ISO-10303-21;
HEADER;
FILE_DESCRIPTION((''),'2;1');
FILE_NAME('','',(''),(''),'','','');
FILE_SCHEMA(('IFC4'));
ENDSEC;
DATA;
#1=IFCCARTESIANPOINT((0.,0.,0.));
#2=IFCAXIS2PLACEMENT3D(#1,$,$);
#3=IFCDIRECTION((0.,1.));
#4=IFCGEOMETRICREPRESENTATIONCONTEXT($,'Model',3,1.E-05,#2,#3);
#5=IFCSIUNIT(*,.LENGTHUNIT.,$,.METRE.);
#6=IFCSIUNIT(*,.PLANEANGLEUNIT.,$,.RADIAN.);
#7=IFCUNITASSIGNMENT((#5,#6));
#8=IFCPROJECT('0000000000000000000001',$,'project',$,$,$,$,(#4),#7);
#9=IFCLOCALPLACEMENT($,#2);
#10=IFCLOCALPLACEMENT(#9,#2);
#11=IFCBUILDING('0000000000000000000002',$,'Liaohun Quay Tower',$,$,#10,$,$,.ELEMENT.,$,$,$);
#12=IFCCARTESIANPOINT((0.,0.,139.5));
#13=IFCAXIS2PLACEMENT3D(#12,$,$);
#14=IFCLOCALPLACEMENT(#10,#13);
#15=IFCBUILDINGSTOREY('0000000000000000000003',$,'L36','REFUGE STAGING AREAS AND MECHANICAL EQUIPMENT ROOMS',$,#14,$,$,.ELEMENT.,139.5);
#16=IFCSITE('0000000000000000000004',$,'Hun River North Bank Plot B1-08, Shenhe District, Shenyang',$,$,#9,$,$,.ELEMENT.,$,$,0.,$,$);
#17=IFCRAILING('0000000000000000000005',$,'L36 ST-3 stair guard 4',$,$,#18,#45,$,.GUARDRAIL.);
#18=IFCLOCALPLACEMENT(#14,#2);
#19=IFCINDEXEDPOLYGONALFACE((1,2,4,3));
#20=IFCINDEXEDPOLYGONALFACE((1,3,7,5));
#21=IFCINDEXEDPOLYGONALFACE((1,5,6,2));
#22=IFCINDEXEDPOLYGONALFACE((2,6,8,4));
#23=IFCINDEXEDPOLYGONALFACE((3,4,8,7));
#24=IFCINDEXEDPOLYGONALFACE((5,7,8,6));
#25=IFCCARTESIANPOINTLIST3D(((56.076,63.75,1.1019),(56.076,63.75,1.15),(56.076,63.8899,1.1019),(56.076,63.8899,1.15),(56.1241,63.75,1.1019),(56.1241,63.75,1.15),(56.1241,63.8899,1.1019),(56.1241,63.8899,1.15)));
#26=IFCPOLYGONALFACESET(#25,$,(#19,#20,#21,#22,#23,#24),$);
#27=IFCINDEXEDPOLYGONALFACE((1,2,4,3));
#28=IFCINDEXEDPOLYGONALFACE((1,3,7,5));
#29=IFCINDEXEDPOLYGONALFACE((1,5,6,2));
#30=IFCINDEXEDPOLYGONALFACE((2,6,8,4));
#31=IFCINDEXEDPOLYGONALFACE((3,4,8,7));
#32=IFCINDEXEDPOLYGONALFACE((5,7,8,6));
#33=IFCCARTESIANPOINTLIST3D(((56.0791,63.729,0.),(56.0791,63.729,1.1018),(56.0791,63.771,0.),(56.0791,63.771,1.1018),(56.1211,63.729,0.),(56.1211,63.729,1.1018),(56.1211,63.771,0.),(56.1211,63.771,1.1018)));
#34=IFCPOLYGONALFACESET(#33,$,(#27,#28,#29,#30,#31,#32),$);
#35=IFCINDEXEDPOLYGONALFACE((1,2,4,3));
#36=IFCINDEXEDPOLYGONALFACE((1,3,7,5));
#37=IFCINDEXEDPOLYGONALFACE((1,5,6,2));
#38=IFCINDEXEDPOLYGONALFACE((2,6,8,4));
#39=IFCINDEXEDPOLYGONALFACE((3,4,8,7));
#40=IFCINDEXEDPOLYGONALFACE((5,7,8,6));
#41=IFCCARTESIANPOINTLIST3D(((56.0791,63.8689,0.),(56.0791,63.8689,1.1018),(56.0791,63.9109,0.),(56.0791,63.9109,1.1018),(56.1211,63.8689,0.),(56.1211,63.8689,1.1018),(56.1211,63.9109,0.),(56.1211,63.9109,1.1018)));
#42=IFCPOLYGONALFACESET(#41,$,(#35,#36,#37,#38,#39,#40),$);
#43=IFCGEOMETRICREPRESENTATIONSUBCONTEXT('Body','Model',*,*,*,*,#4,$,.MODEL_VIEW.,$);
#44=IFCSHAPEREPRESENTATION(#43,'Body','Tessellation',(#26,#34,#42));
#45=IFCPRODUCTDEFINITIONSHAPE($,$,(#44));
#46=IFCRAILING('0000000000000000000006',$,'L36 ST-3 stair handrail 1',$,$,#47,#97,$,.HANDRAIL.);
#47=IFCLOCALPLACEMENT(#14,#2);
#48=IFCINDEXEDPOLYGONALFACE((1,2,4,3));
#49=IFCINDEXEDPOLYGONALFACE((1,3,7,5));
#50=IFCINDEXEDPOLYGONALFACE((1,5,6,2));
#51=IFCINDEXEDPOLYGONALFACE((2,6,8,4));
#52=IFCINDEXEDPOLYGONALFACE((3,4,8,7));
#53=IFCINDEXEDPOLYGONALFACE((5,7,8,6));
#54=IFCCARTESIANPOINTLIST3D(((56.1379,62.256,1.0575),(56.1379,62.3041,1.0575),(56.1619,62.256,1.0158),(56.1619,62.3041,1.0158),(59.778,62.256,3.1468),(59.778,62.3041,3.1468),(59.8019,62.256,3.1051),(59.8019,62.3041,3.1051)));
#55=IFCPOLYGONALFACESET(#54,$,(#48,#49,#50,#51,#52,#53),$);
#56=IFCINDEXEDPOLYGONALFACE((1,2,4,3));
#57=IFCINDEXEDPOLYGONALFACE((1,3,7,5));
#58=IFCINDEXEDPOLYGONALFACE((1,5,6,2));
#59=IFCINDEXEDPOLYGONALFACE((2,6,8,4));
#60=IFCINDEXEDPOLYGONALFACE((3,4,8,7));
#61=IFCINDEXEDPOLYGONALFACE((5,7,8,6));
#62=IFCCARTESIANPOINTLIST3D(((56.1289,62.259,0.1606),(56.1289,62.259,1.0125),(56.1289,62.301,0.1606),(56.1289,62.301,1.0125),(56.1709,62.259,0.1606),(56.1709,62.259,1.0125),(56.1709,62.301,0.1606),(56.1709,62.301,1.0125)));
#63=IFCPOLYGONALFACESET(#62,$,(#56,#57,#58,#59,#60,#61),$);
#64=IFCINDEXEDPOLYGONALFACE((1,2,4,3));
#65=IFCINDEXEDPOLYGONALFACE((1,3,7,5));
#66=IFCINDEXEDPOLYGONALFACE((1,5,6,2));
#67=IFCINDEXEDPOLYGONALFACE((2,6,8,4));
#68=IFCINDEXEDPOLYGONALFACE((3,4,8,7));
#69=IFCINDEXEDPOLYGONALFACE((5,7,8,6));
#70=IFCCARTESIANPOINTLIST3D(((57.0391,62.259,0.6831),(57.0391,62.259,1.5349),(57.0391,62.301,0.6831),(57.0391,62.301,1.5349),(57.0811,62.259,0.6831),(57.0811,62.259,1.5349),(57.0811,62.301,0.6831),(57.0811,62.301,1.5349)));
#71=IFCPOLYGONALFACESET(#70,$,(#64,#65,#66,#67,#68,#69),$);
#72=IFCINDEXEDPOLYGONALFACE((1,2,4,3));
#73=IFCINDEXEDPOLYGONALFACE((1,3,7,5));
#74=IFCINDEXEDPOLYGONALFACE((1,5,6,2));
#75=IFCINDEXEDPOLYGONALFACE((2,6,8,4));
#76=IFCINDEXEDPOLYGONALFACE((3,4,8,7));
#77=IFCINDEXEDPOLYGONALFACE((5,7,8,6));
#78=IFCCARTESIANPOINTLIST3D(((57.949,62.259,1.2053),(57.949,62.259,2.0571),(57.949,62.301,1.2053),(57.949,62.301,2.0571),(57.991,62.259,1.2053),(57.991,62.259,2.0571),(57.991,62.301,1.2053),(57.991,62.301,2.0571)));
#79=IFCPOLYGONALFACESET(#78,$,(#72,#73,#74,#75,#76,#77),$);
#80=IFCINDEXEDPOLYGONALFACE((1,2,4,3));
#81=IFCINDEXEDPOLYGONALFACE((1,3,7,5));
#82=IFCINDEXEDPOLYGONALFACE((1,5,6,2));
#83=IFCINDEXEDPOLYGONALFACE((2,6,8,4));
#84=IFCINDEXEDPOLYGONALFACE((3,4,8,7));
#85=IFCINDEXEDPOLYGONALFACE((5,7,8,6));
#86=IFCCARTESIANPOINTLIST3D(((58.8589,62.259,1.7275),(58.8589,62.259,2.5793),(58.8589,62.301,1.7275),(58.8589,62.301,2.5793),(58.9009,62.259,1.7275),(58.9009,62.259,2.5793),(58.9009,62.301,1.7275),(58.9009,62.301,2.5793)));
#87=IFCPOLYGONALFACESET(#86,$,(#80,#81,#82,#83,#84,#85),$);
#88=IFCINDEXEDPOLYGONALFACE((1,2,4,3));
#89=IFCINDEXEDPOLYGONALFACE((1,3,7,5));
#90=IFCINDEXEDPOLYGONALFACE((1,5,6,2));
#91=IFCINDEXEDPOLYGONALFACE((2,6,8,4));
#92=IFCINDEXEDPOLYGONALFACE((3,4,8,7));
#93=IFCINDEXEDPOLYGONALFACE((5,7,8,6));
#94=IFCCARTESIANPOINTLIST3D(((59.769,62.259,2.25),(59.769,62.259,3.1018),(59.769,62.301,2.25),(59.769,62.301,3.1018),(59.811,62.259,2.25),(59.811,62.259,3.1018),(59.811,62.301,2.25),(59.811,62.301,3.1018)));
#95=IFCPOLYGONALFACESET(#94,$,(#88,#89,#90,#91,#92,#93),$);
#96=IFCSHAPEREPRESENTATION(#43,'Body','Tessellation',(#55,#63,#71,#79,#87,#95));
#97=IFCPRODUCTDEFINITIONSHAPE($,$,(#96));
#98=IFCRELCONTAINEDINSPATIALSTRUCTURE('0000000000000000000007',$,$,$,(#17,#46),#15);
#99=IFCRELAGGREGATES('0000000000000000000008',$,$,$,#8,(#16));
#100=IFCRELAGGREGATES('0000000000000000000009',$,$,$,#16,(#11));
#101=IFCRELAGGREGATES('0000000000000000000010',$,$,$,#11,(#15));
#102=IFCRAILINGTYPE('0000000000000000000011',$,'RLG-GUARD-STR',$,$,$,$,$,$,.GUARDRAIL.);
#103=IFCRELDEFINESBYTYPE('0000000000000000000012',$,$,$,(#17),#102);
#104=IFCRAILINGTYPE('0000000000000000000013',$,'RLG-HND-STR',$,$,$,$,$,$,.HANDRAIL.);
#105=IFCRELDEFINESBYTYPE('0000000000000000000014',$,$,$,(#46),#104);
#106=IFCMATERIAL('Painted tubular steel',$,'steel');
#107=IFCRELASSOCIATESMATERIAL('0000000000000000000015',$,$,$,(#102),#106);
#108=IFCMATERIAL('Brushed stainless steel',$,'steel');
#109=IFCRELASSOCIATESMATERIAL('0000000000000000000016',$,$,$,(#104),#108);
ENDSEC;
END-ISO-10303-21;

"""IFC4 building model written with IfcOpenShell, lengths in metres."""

from ifc_helpers import new_model, si_unit, direction, frame, origin, origin_2d, place, context, subcontext, project, spatial, rectangle, extrude, material, type_object, element, save


model = new_model("IFC4")

# Units and contexts
model_context = context("Model", 3, precision=1e-05, world=origin(), true_north=direction((0.0, 1.0)))
body_context = subcontext(model_context, "Body", "Model", "MODEL_VIEW")
ifc_project = project(units=[si_unit("LENGTHUNIT", "METRE"), si_unit("PLANEANGLEUNIT", "RADIAN")], contexts=[model_context])

# Site, building, storey
site_placement = place(None, origin())
site = spatial("IfcSite", under=ifc_project, at=site_placement, Name="Hun River North Bank Plot B1-08, Shenhe District, Shenyang", CompositionType="ELEMENT", RefElevation=0.0)
building_placement = place(site_placement, origin())
building = spatial("IfcBuilding", under=site, at=building_placement, Name="Liaohun Quay Tower", CompositionType="ELEMENT")
storey_placement = place(building_placement, frame((0.0, 0.0, 139.5)))
storey = spatial("IfcBuildingStorey", under=building, at=storey_placement, Name="L36", Description="REFUGE STAGING AREAS AND MECHANICAL EQUIPMENT ROOMS", CompositionType="ELEMENT", Elevation=139.5)

# Railings
ifc_material_1 = material(Name="Painted tubular steel", Category="steel")
railing_type_1 = type_object("IfcRailingType", Name="RLG-GUARD-STR", PredefinedType="GUARDRAIL", material=ifc_material_1)
railing_1_placement = place(storey_placement, frame((56.1001, 63.75, 0.0)))
element("IfcRailing", 1, at=railing_1_placement, inside=storey, type_object=railing_type_1, Name="L36 ST-3 stair guard 4", PredefinedType="GUARDRAIL", context=body_context, shape_type="SweptSolid", body=[
    extrude(rectangle(XDim=0.0481, YDim=0.0481, at=origin_2d()), frame((0.0, 0.0, 1.126), z_axis=(0.0, 1.0, 0.0), x_axis=(-1.0, 0.0, 0.0)), (0.0, 0.0, 1.0), 0.1399),
    extrude(rectangle(XDim=0.042, YDim=0.042, at=origin_2d()), origin(), (0.0, 0.0, 1.0), 1.1018),
    extrude(rectangle(XDim=0.042, YDim=0.042, at=origin_2d()), frame((0.0, 0.1399, 0.0)), (0.0, 0.0, 1.0), 1.1018),
])
ifc_material_2 = material(Name="Brushed stainless steel", Category="steel")
railing_type_2 = type_object("IfcRailingType", Name="RLG-HND-STR", PredefinedType="HANDRAIL", material=ifc_material_2)
railing_2_placement = place(storey_placement, frame((56.1499, 62.28, 0.1606)))
element("IfcRailing", 2, at=railing_2_placement, inside=storey, type_object=railing_type_2, Name="L36 ST-3 stair handrail 1", PredefinedType="HANDRAIL", context=body_context, shape_type="SweptSolid", body=[
    extrude(rectangle(XDim=0.0481, YDim=0.0481, at=origin_2d()), frame((0.0, 0.0, 0.876), z_axis=(0.867289, 0.0, 0.497804), x_axis=(0.0, 1.0, 0.0)), (0.0, 0.0, 1.0), 4.197),
    extrude(rectangle(XDim=0.042, YDim=0.042, at=origin_2d()), origin(), (0.0, 0.0, 1.0), 0.8518),
    extrude(rectangle(XDim=0.042, YDim=0.042, at=origin_2d()), frame((0.9102, 0.0, 0.5225)), (0.0, 0.0, 1.0), 0.8518),
    extrude(rectangle(XDim=0.042, YDim=0.042, at=origin_2d()), frame((1.8201, 0.0, 1.0447)), (0.0, 0.0, 1.0), 0.8518),
    extrude(rectangle(XDim=0.042, YDim=0.042, at=origin_2d()), frame((2.73, 0.0, 1.5669)), (0.0, 0.0, 1.0), 0.8518),
    extrude(rectangle(XDim=0.042, YDim=0.042, at=origin_2d()), frame((3.6401, 0.0, 2.0894)), (0.0, 0.0, 1.0), 0.8518),
])

save(model, "model.ifc")
